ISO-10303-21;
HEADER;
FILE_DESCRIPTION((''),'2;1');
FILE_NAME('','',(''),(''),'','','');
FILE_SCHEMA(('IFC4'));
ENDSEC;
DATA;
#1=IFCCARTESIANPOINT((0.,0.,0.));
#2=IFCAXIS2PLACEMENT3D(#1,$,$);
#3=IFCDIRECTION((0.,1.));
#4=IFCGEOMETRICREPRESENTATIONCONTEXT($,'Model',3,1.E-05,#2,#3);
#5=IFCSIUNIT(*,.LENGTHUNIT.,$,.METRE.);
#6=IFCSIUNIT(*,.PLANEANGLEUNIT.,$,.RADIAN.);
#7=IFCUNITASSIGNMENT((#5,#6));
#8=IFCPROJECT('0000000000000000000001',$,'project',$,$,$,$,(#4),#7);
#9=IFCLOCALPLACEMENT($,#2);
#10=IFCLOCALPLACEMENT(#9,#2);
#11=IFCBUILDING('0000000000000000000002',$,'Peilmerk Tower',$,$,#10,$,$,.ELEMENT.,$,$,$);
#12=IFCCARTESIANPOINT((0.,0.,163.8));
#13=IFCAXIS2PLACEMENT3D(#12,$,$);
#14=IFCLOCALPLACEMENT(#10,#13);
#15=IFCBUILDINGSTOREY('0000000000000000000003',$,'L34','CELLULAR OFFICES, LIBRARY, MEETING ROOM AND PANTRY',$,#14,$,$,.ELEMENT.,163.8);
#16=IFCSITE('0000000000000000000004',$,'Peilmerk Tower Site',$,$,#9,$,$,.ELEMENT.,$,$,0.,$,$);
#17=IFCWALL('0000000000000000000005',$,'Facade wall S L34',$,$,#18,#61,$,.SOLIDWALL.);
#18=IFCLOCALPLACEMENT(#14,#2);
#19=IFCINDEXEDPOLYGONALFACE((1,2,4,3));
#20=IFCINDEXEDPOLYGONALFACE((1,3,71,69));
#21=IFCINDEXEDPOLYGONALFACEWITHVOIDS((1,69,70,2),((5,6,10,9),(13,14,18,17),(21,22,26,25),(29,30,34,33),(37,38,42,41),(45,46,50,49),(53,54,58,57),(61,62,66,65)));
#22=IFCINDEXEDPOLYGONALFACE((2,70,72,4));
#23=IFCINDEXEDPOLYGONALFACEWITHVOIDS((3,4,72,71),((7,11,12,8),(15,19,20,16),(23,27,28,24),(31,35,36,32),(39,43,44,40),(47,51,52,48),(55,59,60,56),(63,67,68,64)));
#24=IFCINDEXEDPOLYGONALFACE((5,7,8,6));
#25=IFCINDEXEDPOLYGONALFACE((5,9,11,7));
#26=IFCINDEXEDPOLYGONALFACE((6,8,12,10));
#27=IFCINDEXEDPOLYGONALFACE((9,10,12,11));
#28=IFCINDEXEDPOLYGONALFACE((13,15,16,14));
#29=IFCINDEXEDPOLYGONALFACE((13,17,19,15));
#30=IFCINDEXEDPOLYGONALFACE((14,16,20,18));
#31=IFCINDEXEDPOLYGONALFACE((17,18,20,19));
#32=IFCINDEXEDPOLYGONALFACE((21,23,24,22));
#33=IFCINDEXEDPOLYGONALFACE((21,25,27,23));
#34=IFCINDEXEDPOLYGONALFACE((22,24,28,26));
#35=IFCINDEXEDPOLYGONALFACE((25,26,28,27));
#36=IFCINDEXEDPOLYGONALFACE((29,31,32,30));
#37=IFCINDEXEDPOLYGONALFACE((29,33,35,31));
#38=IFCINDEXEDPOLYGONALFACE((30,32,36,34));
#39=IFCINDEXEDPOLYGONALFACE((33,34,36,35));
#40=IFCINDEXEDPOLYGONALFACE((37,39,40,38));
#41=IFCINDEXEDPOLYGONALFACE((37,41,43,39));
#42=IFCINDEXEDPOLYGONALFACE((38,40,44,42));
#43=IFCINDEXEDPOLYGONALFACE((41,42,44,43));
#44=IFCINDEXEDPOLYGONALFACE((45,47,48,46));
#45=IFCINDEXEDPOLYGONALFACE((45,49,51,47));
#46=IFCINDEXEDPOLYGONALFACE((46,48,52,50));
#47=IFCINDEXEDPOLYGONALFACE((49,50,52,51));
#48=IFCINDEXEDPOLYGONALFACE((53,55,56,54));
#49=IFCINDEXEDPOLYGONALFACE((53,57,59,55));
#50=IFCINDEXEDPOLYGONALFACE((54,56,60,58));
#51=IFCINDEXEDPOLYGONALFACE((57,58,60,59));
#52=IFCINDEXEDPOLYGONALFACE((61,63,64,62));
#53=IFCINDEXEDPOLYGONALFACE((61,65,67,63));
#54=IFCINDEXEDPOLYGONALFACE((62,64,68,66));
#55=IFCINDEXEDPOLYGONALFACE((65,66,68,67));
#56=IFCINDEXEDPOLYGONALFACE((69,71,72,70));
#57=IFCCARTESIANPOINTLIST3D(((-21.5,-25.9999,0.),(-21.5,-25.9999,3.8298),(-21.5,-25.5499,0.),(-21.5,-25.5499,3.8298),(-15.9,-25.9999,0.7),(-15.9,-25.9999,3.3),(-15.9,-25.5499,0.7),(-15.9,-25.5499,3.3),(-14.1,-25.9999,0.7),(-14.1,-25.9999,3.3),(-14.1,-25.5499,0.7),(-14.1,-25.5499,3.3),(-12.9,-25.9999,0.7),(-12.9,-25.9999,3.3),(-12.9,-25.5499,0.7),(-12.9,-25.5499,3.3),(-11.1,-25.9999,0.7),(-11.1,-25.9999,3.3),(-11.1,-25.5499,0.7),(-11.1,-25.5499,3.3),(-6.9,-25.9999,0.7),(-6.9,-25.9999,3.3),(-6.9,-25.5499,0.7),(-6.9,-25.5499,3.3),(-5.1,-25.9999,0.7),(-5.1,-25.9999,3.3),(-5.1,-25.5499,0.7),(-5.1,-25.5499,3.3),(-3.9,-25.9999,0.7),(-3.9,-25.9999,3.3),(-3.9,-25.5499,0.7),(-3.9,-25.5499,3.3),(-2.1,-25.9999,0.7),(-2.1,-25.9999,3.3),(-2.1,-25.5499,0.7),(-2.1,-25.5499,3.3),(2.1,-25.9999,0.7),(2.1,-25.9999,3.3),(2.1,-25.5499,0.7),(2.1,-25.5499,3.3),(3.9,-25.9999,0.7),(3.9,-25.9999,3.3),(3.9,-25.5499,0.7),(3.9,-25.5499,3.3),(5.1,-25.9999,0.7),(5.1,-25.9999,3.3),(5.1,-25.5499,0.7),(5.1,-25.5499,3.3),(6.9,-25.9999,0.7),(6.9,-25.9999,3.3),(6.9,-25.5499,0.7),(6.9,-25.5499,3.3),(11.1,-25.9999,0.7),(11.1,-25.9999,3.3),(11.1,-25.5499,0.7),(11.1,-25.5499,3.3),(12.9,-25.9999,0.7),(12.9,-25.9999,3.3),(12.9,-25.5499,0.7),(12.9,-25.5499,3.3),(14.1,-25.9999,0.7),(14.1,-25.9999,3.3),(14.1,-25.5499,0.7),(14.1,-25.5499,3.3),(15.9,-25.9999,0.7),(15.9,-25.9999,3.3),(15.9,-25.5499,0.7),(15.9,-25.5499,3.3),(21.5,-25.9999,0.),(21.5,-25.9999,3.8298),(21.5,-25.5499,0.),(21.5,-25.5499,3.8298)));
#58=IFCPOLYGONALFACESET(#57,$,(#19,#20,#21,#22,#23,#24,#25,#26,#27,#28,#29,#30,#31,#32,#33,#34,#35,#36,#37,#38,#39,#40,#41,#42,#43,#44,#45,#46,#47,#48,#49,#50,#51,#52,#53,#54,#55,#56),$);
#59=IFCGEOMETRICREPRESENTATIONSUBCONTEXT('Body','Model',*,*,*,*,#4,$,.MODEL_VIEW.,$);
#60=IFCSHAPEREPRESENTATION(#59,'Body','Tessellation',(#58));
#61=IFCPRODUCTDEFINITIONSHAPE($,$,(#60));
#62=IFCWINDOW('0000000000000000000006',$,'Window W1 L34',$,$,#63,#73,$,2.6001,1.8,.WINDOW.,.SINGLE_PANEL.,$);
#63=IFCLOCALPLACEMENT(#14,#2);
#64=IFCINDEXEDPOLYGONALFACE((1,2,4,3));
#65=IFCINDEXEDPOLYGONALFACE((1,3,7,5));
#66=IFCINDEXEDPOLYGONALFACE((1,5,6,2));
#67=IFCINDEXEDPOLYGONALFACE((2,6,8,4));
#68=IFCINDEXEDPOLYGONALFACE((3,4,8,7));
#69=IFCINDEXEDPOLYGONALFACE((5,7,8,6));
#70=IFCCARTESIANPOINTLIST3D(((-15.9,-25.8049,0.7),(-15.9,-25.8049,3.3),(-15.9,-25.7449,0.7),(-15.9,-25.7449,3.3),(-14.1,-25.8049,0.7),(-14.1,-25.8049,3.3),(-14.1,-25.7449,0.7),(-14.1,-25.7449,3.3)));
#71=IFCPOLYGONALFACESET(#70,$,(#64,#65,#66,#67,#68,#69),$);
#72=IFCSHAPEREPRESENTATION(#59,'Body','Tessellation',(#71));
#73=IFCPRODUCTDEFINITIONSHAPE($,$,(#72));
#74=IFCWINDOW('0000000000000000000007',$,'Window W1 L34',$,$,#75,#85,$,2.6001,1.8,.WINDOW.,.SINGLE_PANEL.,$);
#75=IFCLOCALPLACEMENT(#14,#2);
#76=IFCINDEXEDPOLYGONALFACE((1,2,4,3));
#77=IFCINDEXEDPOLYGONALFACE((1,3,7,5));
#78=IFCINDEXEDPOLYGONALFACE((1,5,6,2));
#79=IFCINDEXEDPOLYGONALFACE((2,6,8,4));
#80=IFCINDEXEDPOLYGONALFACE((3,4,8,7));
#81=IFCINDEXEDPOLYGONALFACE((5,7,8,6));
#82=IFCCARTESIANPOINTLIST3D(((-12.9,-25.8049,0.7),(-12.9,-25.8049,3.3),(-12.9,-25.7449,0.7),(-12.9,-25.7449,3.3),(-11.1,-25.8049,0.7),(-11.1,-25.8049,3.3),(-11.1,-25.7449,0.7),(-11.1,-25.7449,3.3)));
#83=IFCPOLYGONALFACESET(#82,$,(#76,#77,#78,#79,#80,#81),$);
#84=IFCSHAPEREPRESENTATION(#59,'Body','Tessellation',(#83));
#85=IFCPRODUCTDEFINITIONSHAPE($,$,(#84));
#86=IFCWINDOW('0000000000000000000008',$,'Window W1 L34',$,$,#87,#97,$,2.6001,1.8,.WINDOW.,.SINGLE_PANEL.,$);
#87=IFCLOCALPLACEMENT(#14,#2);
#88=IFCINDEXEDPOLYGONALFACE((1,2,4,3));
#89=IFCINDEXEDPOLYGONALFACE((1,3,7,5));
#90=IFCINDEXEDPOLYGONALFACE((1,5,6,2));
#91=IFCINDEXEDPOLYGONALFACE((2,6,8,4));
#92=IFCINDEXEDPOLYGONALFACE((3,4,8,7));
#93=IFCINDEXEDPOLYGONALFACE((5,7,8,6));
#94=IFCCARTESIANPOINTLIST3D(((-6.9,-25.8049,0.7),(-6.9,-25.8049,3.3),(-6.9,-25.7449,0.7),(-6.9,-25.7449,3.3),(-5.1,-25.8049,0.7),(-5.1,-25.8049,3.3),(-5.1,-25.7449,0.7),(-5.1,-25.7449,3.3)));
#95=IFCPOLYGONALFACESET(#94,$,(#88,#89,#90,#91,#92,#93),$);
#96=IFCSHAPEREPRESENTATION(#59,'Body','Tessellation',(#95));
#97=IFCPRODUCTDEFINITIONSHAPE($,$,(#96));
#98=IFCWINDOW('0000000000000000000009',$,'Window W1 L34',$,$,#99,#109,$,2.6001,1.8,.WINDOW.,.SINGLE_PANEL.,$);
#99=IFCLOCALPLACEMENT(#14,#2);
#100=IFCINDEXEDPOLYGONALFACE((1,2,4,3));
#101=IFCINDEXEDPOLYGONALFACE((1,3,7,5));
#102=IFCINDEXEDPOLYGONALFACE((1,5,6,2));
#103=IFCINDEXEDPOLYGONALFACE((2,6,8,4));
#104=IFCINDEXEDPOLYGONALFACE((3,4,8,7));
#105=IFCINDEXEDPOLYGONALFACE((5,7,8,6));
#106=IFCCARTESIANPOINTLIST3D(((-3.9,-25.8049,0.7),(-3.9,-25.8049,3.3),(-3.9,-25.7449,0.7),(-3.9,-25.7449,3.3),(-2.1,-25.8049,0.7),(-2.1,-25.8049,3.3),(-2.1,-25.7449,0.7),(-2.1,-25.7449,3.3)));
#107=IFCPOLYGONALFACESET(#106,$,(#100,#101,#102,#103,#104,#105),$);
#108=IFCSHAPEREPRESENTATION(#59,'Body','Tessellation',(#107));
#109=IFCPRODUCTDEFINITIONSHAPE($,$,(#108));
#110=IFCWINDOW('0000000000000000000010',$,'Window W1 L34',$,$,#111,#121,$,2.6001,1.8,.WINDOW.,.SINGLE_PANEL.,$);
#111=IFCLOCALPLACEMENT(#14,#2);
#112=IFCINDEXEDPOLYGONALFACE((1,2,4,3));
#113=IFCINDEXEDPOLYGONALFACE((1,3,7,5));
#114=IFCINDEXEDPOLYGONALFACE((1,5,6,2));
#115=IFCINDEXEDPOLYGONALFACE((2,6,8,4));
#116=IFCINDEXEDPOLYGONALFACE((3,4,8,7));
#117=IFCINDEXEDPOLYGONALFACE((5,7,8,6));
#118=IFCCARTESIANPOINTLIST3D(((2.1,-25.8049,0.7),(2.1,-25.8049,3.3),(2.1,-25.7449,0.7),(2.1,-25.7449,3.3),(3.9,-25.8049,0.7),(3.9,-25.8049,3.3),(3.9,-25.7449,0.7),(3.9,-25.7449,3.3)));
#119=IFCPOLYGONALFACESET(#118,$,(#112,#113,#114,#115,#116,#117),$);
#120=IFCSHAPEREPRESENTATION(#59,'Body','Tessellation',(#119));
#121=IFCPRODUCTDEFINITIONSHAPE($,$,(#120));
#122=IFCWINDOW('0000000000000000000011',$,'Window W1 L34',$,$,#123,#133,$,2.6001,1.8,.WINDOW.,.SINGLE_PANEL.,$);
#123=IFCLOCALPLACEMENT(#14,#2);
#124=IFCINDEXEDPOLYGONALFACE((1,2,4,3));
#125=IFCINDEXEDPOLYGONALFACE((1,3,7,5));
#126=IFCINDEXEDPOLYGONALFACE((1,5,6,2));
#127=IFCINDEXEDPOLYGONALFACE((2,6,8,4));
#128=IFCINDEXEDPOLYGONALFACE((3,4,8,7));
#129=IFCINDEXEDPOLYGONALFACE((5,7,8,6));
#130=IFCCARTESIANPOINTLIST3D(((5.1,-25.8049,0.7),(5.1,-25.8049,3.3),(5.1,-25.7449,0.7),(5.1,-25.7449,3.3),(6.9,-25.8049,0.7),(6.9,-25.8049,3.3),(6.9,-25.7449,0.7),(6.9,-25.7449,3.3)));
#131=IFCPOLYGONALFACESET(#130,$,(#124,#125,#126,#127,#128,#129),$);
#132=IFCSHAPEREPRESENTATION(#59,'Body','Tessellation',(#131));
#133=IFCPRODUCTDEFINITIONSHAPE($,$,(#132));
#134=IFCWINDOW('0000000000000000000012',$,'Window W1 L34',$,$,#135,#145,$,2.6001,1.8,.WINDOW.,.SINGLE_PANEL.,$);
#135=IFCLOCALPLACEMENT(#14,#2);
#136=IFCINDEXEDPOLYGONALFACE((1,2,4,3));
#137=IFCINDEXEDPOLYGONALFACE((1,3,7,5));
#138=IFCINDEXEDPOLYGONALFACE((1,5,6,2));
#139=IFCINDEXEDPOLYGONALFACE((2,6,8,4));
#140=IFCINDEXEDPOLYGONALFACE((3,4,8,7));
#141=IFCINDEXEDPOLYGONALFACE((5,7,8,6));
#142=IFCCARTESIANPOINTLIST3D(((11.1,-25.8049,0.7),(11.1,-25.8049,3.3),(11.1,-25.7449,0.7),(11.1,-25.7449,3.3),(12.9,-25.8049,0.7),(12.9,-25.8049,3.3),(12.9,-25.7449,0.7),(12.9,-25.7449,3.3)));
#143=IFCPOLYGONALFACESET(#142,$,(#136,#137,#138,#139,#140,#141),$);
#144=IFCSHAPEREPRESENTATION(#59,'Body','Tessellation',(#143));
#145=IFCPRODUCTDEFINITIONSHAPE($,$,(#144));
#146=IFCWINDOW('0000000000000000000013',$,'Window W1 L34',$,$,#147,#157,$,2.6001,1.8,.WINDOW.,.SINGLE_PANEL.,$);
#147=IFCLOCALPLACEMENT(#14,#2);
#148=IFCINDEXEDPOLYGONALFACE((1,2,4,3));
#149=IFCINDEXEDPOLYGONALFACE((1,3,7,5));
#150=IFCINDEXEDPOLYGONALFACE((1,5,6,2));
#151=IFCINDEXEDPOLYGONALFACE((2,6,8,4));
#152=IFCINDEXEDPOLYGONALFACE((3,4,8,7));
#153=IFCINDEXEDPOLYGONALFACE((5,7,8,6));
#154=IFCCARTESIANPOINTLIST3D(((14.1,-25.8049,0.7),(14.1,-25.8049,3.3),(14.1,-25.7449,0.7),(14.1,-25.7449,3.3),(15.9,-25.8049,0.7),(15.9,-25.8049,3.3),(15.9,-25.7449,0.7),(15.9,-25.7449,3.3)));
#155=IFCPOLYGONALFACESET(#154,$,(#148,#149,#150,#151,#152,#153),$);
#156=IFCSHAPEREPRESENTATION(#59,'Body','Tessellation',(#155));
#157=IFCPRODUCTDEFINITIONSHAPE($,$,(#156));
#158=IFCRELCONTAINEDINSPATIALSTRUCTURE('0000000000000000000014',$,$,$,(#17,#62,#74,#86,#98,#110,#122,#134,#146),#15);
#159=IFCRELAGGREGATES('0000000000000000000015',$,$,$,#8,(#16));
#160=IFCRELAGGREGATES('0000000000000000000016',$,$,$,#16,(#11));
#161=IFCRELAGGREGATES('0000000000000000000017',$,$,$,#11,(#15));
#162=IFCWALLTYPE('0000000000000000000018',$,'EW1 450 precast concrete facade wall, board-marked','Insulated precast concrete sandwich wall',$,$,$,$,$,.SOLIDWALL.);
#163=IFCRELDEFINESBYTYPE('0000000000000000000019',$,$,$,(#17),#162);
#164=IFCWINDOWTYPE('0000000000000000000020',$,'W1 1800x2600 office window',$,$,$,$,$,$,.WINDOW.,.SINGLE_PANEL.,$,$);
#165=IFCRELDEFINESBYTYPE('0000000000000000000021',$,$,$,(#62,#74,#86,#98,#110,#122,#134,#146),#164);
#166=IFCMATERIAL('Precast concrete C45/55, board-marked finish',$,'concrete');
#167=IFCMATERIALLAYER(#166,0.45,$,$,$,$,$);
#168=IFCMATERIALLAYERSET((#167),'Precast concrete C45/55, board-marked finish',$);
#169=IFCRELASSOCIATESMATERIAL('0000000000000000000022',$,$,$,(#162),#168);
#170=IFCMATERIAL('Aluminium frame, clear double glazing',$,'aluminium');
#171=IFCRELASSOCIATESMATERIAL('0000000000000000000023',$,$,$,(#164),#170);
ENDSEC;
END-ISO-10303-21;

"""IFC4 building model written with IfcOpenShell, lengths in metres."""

from ifc_helpers import new_model, si_unit, direction, frame, frame_2d, origin, place, context, subcontext, project, spatial, rectangle, extrude, material, layer, layer_set, type_object, element, fill, save


model = new_model("IFC4")

# Units and contexts
model_context = context("Model", 3, precision=1e-05, world=origin(), true_north=direction((0.0, 1.0)))
body_context = subcontext(model_context, "Body", "Model", "MODEL_VIEW")
ifc_project = project(units=[si_unit("LENGTHUNIT", "METRE"), si_unit("PLANEANGLEUNIT", "RADIAN")], contexts=[model_context])

# Site, building, storey
site_placement = place(None, origin())
site = spatial("IfcSite", under=ifc_project, at=site_placement, Name="Peilmerk Tower Site", CompositionType="ELEMENT", RefElevation=0.0)
building_placement = place(site_placement, origin())
building = spatial("IfcBuilding", under=site, at=building_placement, Name="Peilmerk Tower", CompositionType="ELEMENT")
storey_placement = place(building_placement, frame((0.0, 0.0, 163.8)))
storey = spatial("IfcBuildingStorey", under=building, at=storey_placement, Name="L34", Description="CELLULAR OFFICES, LIBRARY, MEETING ROOM AND PANTRY", CompositionType="ELEMENT", Elevation=163.8)

# Wall, openings, windows
ifc_material_1 = material(Name="Precast concrete C45/55, board-marked finish", Category="concrete")
ifc_layer_1 = layer(ifc_material_1, 0.45)
ifc_layer_set_1 = layer_set([ifc_layer_1], Name="Precast concrete C45/55, board-marked finish")
wall_type = type_object("IfcWallType", Name="EW1 450 precast concrete facade wall, board-marked", Description="Insulated precast concrete sandwich wall", PredefinedType="SOLIDWALL", material=ifc_layer_set_1)
wall_placement = place(storey_placement, frame((-21.5, -25.7749, 0.0), z_axis=(0.0, 0.0, 1.0), x_axis=(1.0, 0.0, 0.0)))
wall = element("IfcWall", 1, at=wall_placement, inside=storey, type_object=wall_type, Name="Facade wall S L34", PredefinedType="SOLIDWALL", context=body_context, shape_type="SweptSolid", body=[
    extrude(rectangle(XDim=43.0, YDim=0.45, at=frame_2d((21.5, 0.0))), origin(), (0.0, 0.0, 1.0), 3.8298),
])
opening_1_placement = place(wall_placement, frame((5.6001, 0.0, 0.7)))
opening_1 = element("IfcOpeningElement", 2, at=opening_1_placement, cuts=wall, PredefinedType="OPENING", context=body_context, shape_type="SweptSolid", body=[
    extrude(rectangle(XDim=1.8, YDim=2.6001, at=frame_2d((0.8999, 1.3))), frame((0.0, 0.2349, 0.0), z_axis=(0.0, -1.0, 0.0), x_axis=(1.0, 0.0, 0.0)), (0.0, 0.0, 1.0), 0.47),
])
opening_2_placement = place(wall_placement, frame((8.6001, 0.0, 0.7)))
opening_2 = element("IfcOpeningElement", 3, at=opening_2_placement, cuts=wall, PredefinedType="OPENING", context=body_context, shape_type="SweptSolid", body=[
    extrude(rectangle(XDim=1.8, YDim=2.6001, at=frame_2d((0.8999, 1.3))), frame((0.0, 0.2349, 0.0), z_axis=(0.0, -1.0, 0.0), x_axis=(1.0, 0.0, 0.0)), (0.0, 0.0, 1.0), 0.47),
])
opening_3_placement = place(wall_placement, frame((14.6001, 0.0, 0.7)))
opening_3 = element("IfcOpeningElement", 4, at=opening_3_placement, cuts=wall, PredefinedType="OPENING", context=body_context, shape_type="SweptSolid", body=[
    extrude(rectangle(XDim=1.8, YDim=2.6001, at=frame_2d((0.8999, 1.3))), frame((0.0, 0.2349, 0.0), z_axis=(0.0, -1.0, 0.0), x_axis=(1.0, 0.0, 0.0)), (0.0, 0.0, 1.0), 0.47),
])
opening_4_placement = place(wall_placement, frame((17.6001, 0.0, 0.7)))
opening_4 = element("IfcOpeningElement", 5, at=opening_4_placement, cuts=wall, PredefinedType="OPENING", context=body_context, shape_type="SweptSolid", body=[
    extrude(rectangle(XDim=1.8, YDim=2.6001, at=frame_2d((0.8999, 1.3))), frame((0.0, 0.2349, 0.0), z_axis=(0.0, -1.0, 0.0), x_axis=(1.0, 0.0, 0.0)), (0.0, 0.0, 1.0), 0.47),
])
opening_5_placement = place(wall_placement, frame((23.6001, 0.0, 0.7)))
opening_5 = element("IfcOpeningElement", 6, at=opening_5_placement, cuts=wall, PredefinedType="OPENING", context=body_context, shape_type="SweptSolid", body=[
    extrude(rectangle(XDim=1.8, YDim=2.6001, at=frame_2d((0.8999, 1.3))), frame((0.0, 0.2349, 0.0), z_axis=(0.0, -1.0, 0.0), x_axis=(1.0, 0.0, 0.0)), (0.0, 0.0, 1.0), 0.47),
])
opening_6_placement = place(wall_placement, frame((26.6001, 0.0, 0.7)))
opening_6 = element("IfcOpeningElement", 7, at=opening_6_placement, cuts=wall, PredefinedType="OPENING", context=body_context, shape_type="SweptSolid", body=[
    extrude(rectangle(XDim=1.8, YDim=2.6001, at=frame_2d((0.8999, 1.3))), frame((0.0, 0.2349, 0.0), z_axis=(0.0, -1.0, 0.0), x_axis=(1.0, 0.0, 0.0)), (0.0, 0.0, 1.0), 0.47),
])
opening_7_placement = place(wall_placement, frame((32.6001, 0.0, 0.7)))
opening_7 = element("IfcOpeningElement", 8, at=opening_7_placement, cuts=wall, PredefinedType="OPENING", context=body_context, shape_type="SweptSolid", body=[
    extrude(rectangle(XDim=1.8, YDim=2.6001, at=frame_2d((0.8999, 1.3))), frame((0.0, 0.2349, 0.0), z_axis=(0.0, -1.0, 0.0), x_axis=(1.0, 0.0, 0.0)), (0.0, 0.0, 1.0), 0.47),
])
opening_8_placement = place(wall_placement, frame((35.6001, 0.0, 0.7)))
opening_8 = element("IfcOpeningElement", 9, at=opening_8_placement, cuts=wall, PredefinedType="OPENING", context=body_context, shape_type="SweptSolid", body=[
    extrude(rectangle(XDim=1.8, YDim=2.6001, at=frame_2d((0.8999, 1.3))), frame((0.0, 0.2349, 0.0), z_axis=(0.0, -1.0, 0.0), x_axis=(1.0, 0.0, 0.0)), (0.0, 0.0, 1.0), 0.47),
])
ifc_material_2 = material(Name="Aluminium frame, clear double glazing", Category="aluminium")
window_type = type_object("IfcWindowType", Name="W1 1800x2600 office window", PartitioningType="SINGLE_PANEL", PredefinedType="WINDOW", material=ifc_material_2)
window_1_placement = place(opening_1_placement, origin())
window_1 = element("IfcWindow", 10, at=window_1_placement, inside=storey, type_object=window_type, Name="Window W1 L34", OverallHeight=2.6001, OverallWidth=1.8, PartitioningType="SINGLE_PANEL", PredefinedType="WINDOW", context=body_context, shape_type="SweptSolid", body=[
    extrude(rectangle(XDim=1.8, YDim=2.6001, at=frame_2d((0.8999, 1.3))), frame((0.0, 0.03, 0.0), z_axis=(0.0, -1.0, 0.0), x_axis=(1.0, 0.0, 0.0)), (0.0, 0.0, 1.0), 0.0601),
])
fill(opening_1, window_1)
window_2_placement = place(opening_2_placement, origin())
window_2 = element("IfcWindow", 11, at=window_2_placement, inside=storey, type_object=window_type, Name="Window W1 L34", OverallHeight=2.6001, OverallWidth=1.8, PartitioningType="SINGLE_PANEL", PredefinedType="WINDOW", context=body_context, shape_type="SweptSolid", body=[
    extrude(rectangle(XDim=1.8, YDim=2.6001, at=frame_2d((0.8999, 1.3))), frame((0.0, 0.03, 0.0), z_axis=(0.0, -1.0, 0.0), x_axis=(1.0, 0.0, 0.0)), (0.0, 0.0, 1.0), 0.0601),
])
fill(opening_2, window_2)
window_3_placement = place(opening_3_placement, origin())
window_3 = element("IfcWindow", 12, at=window_3_placement, inside=storey, type_object=window_type, Name="Window W1 L34", OverallHeight=2.6001, OverallWidth=1.8, PartitioningType="SINGLE_PANEL", PredefinedType="WINDOW", context=body_context, shape_type="SweptSolid", body=[
    extrude(rectangle(XDim=1.8, YDim=2.6001, at=frame_2d((0.8999, 1.3))), frame((0.0, 0.03, 0.0), z_axis=(0.0, -1.0, 0.0), x_axis=(1.0, 0.0, 0.0)), (0.0, 0.0, 1.0), 0.0601),
])
fill(opening_3, window_3)
window_4_placement = place(opening_4_placement, origin())
window_4 = element("IfcWindow", 13, at=window_4_placement, inside=storey, type_object=window_type, Name="Window W1 L34", OverallHeight=2.6001, OverallWidth=1.8, PartitioningType="SINGLE_PANEL", PredefinedType="WINDOW", context=body_context, shape_type="SweptSolid", body=[
    extrude(rectangle(XDim=1.8, YDim=2.6001, at=frame_2d((0.8999, 1.3))), frame((0.0, 0.03, 0.0), z_axis=(0.0, -1.0, 0.0), x_axis=(1.0, 0.0, 0.0)), (0.0, 0.0, 1.0), 0.0601),
])
fill(opening_4, window_4)
window_5_placement = place(opening_5_placement, origin())
window_5 = element("IfcWindow", 14, at=window_5_placement, inside=storey, type_object=window_type, Name="Window W1 L34", OverallHeight=2.6001, OverallWidth=1.8, PartitioningType="SINGLE_PANEL", PredefinedType="WINDOW", context=body_context, shape_type="SweptSolid", body=[
    extrude(rectangle(XDim=1.8, YDim=2.6001, at=frame_2d((0.8999, 1.3))), frame((0.0, 0.03, 0.0), z_axis=(0.0, -1.0, 0.0), x_axis=(1.0, 0.0, 0.0)), (0.0, 0.0, 1.0), 0.0601),
])
fill(opening_5, window_5)
window_6_placement = place(opening_6_placement, origin())
window_6 = element("IfcWindow", 15, at=window_6_placement, inside=storey, type_object=window_type, Name="Window W1 L34", OverallHeight=2.6001, OverallWidth=1.8, PartitioningType="SINGLE_PANEL", PredefinedType="WINDOW", context=body_context, shape_type="SweptSolid", body=[
    extrude(rectangle(XDim=1.8, YDim=2.6001, at=frame_2d((0.8999, 1.3))), frame((0.0, 0.03, 0.0), z_axis=(0.0, -1.0, 0.0), x_axis=(1.0, 0.0, 0.0)), (0.0, 0.0, 1.0), 0.0601),
])
fill(opening_6, window_6)
window_7_placement = place(opening_7_placement, origin())
window_7 = element("IfcWindow", 16, at=window_7_placement, inside=storey, type_object=window_type, Name="Window W1 L34", OverallHeight=2.6001, OverallWidth=1.8, PartitioningType="SINGLE_PANEL", PredefinedType="WINDOW", context=body_context, shape_type="SweptSolid", body=[
    extrude(rectangle(XDim=1.8, YDim=2.6001, at=frame_2d((0.8999, 1.3))), frame((0.0, 0.03, 0.0), z_axis=(0.0, -1.0, 0.0), x_axis=(1.0, 0.0, 0.0)), (0.0, 0.0, 1.0), 0.0601),
])
fill(opening_7, window_7)
window_8_placement = place(opening_8_placement, origin())
window_8 = element("IfcWindow", 17, at=window_8_placement, inside=storey, type_object=window_type, Name="Window W1 L34", OverallHeight=2.6001, OverallWidth=1.8, PartitioningType="SINGLE_PANEL", PredefinedType="WINDOW", context=body_context, shape_type="SweptSolid", body=[
    extrude(rectangle(XDim=1.8, YDim=2.6001, at=frame_2d((0.8999, 1.3))), frame((0.0, 0.03, 0.0), z_axis=(0.0, -1.0, 0.0), x_axis=(1.0, 0.0, 0.0)), (0.0, 0.0, 1.0), 0.0601),
])
fill(opening_8, window_8)

save(model, "model.ifc")
